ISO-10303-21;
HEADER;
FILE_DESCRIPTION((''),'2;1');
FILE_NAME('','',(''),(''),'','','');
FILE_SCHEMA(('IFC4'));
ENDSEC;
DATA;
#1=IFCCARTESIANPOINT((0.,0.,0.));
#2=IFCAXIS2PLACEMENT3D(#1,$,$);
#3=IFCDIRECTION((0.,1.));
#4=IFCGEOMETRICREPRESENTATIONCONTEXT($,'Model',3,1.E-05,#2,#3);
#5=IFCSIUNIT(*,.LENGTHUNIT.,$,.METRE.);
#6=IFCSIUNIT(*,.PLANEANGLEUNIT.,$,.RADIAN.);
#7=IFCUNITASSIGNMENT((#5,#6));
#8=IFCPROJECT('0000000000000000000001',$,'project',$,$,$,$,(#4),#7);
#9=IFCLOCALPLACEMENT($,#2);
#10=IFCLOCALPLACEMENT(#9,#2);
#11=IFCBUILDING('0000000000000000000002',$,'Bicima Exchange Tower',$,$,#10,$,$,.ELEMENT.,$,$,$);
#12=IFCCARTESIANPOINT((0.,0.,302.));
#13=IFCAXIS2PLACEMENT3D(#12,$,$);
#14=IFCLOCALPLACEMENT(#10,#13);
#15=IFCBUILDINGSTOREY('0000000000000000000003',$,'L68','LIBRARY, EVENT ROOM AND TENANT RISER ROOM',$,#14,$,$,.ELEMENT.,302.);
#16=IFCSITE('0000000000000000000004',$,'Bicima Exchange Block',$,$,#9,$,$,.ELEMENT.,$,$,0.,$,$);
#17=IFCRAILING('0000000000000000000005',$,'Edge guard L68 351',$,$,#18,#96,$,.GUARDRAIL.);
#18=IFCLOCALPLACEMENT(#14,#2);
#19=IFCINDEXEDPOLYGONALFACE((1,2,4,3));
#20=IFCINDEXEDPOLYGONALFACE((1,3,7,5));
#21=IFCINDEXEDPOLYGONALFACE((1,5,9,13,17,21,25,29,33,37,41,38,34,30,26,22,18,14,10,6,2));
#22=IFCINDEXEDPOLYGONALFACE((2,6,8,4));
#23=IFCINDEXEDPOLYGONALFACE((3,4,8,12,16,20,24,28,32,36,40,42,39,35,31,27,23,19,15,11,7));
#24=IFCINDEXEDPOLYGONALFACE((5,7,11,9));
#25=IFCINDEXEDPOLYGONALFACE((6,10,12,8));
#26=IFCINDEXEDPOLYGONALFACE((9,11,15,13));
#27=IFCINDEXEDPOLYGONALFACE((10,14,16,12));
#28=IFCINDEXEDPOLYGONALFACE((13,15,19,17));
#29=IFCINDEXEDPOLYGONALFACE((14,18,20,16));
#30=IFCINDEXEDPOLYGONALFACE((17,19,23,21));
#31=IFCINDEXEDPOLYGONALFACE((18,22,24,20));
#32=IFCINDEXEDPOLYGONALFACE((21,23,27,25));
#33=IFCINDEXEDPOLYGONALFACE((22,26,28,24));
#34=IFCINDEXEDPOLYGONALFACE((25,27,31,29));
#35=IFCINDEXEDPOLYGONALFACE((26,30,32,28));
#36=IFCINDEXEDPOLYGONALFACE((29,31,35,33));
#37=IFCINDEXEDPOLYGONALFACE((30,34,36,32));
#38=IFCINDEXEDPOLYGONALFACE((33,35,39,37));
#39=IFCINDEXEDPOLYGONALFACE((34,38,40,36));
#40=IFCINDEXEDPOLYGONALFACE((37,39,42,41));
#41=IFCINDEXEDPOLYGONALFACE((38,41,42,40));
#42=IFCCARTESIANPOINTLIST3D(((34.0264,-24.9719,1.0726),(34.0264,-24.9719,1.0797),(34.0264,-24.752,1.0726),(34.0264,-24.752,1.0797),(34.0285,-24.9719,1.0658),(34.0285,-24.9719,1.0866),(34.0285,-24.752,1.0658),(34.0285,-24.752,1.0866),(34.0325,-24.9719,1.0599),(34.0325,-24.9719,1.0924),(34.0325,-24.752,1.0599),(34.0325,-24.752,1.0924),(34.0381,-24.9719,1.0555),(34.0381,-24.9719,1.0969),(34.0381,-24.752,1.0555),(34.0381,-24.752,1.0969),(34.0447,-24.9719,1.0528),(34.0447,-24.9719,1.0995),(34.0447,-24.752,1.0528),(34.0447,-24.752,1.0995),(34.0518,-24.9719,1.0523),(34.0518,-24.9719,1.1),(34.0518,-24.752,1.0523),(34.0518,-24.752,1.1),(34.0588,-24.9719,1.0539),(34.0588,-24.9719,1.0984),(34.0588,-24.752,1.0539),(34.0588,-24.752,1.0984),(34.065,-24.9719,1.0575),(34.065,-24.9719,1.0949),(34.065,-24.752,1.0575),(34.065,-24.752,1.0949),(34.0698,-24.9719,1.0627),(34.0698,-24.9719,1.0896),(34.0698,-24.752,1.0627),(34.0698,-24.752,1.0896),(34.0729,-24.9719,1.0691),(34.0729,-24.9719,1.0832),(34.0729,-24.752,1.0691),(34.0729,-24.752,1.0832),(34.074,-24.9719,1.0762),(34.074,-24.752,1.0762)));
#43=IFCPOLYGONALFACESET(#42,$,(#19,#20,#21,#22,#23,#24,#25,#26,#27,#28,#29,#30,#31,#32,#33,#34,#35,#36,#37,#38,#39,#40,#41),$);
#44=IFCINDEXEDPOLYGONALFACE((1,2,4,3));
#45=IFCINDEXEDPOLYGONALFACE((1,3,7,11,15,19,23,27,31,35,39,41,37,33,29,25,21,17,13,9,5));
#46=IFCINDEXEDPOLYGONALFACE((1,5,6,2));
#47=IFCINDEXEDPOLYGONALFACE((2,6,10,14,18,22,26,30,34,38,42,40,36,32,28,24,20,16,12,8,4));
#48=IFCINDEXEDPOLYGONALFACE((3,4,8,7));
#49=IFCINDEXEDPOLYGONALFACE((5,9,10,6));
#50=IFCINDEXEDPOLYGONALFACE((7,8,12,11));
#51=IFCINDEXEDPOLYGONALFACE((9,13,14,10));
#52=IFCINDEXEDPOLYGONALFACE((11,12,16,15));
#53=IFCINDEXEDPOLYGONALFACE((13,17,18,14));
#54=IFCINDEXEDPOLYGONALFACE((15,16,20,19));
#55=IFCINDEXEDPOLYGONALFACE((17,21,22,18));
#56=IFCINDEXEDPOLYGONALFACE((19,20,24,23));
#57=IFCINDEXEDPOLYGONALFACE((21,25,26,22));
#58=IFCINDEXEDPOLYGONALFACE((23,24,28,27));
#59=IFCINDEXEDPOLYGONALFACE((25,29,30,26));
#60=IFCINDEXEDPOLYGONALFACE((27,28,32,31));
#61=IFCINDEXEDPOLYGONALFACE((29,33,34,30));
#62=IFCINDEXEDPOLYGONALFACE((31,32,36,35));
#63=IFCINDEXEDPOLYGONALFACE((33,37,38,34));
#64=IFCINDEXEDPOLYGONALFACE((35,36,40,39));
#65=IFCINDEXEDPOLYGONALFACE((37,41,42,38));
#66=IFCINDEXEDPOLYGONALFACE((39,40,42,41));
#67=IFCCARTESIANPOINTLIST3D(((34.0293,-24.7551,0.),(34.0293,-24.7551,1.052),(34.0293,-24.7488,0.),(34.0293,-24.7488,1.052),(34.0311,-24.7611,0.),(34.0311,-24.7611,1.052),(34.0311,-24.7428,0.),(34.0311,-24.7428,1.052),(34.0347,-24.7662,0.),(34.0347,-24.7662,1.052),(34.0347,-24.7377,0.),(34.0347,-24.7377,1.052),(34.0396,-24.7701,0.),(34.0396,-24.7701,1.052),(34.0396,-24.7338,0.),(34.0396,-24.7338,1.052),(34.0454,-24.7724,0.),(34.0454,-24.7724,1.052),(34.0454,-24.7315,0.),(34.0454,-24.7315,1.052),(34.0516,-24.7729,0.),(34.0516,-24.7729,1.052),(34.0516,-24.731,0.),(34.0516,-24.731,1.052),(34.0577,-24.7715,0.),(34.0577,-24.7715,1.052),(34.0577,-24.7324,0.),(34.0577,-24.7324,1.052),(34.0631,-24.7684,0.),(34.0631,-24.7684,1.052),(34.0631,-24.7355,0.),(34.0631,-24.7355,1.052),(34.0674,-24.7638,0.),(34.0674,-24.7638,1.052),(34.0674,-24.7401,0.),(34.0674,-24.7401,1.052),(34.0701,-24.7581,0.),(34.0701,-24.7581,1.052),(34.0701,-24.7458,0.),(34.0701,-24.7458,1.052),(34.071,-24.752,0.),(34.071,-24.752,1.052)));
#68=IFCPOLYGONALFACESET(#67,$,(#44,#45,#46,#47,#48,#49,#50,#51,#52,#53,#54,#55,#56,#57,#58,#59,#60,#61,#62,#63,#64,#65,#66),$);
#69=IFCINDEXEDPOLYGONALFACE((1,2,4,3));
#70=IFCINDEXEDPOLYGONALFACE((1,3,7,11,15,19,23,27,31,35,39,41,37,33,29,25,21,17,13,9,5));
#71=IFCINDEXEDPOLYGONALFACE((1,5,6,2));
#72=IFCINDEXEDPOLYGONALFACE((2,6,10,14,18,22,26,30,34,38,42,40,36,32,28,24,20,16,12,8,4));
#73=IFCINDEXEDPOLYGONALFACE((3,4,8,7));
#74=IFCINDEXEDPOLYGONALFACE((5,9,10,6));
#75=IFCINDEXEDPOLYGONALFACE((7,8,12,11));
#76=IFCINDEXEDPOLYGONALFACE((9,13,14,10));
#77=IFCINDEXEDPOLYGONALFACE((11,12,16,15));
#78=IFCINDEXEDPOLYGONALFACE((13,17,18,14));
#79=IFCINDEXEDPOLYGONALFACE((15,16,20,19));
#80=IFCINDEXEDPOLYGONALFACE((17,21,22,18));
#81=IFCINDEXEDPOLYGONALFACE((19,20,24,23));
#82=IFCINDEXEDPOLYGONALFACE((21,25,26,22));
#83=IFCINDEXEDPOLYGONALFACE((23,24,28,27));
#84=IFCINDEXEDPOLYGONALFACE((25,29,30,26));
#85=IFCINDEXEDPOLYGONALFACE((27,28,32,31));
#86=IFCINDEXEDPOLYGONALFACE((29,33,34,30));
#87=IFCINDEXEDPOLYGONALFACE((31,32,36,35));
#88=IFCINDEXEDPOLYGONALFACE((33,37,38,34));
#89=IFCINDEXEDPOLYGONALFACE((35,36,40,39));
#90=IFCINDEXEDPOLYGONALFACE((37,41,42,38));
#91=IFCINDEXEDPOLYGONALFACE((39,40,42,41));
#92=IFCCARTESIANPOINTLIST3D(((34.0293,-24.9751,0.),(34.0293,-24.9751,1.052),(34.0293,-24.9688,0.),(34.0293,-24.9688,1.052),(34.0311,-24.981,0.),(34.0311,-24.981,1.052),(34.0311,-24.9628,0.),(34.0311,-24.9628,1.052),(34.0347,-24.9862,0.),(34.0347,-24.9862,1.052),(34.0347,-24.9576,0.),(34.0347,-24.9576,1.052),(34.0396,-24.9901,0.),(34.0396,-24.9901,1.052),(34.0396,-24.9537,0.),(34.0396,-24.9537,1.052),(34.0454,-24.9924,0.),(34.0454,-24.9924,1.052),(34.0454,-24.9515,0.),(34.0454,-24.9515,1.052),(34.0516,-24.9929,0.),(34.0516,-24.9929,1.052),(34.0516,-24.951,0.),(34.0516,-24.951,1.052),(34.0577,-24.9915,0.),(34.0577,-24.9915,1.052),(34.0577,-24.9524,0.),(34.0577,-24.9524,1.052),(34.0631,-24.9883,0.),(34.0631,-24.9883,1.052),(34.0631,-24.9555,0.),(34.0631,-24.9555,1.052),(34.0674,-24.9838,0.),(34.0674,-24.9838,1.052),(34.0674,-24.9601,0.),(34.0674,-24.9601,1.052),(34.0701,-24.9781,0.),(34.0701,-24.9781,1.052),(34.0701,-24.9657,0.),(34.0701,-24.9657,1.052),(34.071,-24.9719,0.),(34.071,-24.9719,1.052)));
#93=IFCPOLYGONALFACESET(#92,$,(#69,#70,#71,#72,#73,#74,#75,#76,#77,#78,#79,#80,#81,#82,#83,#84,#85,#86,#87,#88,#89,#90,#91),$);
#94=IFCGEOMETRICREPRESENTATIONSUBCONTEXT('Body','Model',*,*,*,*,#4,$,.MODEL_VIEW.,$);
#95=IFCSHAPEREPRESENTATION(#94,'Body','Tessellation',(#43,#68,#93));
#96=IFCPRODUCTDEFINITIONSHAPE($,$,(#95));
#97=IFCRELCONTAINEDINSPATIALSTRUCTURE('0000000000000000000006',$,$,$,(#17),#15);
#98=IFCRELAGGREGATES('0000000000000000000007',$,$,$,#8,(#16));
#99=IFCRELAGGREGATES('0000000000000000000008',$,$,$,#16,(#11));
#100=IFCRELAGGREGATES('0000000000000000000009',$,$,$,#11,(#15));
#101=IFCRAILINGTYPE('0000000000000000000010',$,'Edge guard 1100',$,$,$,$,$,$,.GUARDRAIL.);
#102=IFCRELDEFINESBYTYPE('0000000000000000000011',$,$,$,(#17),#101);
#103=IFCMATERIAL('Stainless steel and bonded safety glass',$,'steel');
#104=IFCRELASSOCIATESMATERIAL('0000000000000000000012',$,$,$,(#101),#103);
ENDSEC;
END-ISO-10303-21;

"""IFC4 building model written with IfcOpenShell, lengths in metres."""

from ifc_helpers import new_model, si_unit, direction, frame, origin, origin_2d, place, context, subcontext, project, spatial, circle, extrude, material, type_object, element, save


model = new_model("IFC4")

# Units and contexts
model_context = context("Model", 3, precision=1e-05, world=origin(), true_north=direction((0.0, 1.0)))
body_context = subcontext(model_context, "Body", "Model", "MODEL_VIEW")
ifc_project = project(units=[si_unit("LENGTHUNIT", "METRE"), si_unit("PLANEANGLEUNIT", "RADIAN")], contexts=[model_context])

# Site, building, storey
site_placement = place(None, origin())
site = spatial("IfcSite", under=ifc_project, at=site_placement, Name="Bicima Exchange Block", CompositionType="ELEMENT", RefElevation=0.0)
building_placement = place(site_placement, origin())
building = spatial("IfcBuilding", under=site, at=building_placement, Name="Bicima Exchange Tower", CompositionType="ELEMENT")
storey_placement = place(building_placement, frame((0.0, 0.0, 302.0)))
storey = spatial("IfcBuildingStorey", under=building, at=storey_placement, Name="L68", Description="LIBRARY, EVENT ROOM AND TENANT RISER ROOM", CompositionType="ELEMENT", Elevation=302.0)

# Railing
ifc_material_1 = material(Name="Stainless steel and bonded safety glass", Category="steel")
railing_type = type_object("IfcRailingType", Name="Edge guard 1100", PredefinedType="GUARDRAIL", material=ifc_material_1)
railing_1_placement = place(storey_placement, frame((34.05, -24.752, 0.0)))
element("IfcRailing", 1, at=railing_1_placement, inside=storey, type_object=railing_type, Name="Edge guard L68 351", PredefinedType="GUARDRAIL", context=body_context, shape_type="SweptSolid", body=[
    extrude(circle(Radius=0.0239, at=origin_2d()), frame((0.0, 0.0, 1.0762), z_axis=(0.0, -1.0, 0.0), x_axis=(1.0, 0.0, 0.0)), (0.0, 0.0, 1.0), 0.22),
    extrude(circle(Radius=0.021, at=origin_2d()), origin(), (0.0, 0.0, 1.0), 1.052),
    extrude(circle(Radius=0.021, at=origin_2d()), frame((0.0, -0.22, 0.0)), (0.0, 0.0, 1.0), 1.052),
])

save(model, "model.ifc")
